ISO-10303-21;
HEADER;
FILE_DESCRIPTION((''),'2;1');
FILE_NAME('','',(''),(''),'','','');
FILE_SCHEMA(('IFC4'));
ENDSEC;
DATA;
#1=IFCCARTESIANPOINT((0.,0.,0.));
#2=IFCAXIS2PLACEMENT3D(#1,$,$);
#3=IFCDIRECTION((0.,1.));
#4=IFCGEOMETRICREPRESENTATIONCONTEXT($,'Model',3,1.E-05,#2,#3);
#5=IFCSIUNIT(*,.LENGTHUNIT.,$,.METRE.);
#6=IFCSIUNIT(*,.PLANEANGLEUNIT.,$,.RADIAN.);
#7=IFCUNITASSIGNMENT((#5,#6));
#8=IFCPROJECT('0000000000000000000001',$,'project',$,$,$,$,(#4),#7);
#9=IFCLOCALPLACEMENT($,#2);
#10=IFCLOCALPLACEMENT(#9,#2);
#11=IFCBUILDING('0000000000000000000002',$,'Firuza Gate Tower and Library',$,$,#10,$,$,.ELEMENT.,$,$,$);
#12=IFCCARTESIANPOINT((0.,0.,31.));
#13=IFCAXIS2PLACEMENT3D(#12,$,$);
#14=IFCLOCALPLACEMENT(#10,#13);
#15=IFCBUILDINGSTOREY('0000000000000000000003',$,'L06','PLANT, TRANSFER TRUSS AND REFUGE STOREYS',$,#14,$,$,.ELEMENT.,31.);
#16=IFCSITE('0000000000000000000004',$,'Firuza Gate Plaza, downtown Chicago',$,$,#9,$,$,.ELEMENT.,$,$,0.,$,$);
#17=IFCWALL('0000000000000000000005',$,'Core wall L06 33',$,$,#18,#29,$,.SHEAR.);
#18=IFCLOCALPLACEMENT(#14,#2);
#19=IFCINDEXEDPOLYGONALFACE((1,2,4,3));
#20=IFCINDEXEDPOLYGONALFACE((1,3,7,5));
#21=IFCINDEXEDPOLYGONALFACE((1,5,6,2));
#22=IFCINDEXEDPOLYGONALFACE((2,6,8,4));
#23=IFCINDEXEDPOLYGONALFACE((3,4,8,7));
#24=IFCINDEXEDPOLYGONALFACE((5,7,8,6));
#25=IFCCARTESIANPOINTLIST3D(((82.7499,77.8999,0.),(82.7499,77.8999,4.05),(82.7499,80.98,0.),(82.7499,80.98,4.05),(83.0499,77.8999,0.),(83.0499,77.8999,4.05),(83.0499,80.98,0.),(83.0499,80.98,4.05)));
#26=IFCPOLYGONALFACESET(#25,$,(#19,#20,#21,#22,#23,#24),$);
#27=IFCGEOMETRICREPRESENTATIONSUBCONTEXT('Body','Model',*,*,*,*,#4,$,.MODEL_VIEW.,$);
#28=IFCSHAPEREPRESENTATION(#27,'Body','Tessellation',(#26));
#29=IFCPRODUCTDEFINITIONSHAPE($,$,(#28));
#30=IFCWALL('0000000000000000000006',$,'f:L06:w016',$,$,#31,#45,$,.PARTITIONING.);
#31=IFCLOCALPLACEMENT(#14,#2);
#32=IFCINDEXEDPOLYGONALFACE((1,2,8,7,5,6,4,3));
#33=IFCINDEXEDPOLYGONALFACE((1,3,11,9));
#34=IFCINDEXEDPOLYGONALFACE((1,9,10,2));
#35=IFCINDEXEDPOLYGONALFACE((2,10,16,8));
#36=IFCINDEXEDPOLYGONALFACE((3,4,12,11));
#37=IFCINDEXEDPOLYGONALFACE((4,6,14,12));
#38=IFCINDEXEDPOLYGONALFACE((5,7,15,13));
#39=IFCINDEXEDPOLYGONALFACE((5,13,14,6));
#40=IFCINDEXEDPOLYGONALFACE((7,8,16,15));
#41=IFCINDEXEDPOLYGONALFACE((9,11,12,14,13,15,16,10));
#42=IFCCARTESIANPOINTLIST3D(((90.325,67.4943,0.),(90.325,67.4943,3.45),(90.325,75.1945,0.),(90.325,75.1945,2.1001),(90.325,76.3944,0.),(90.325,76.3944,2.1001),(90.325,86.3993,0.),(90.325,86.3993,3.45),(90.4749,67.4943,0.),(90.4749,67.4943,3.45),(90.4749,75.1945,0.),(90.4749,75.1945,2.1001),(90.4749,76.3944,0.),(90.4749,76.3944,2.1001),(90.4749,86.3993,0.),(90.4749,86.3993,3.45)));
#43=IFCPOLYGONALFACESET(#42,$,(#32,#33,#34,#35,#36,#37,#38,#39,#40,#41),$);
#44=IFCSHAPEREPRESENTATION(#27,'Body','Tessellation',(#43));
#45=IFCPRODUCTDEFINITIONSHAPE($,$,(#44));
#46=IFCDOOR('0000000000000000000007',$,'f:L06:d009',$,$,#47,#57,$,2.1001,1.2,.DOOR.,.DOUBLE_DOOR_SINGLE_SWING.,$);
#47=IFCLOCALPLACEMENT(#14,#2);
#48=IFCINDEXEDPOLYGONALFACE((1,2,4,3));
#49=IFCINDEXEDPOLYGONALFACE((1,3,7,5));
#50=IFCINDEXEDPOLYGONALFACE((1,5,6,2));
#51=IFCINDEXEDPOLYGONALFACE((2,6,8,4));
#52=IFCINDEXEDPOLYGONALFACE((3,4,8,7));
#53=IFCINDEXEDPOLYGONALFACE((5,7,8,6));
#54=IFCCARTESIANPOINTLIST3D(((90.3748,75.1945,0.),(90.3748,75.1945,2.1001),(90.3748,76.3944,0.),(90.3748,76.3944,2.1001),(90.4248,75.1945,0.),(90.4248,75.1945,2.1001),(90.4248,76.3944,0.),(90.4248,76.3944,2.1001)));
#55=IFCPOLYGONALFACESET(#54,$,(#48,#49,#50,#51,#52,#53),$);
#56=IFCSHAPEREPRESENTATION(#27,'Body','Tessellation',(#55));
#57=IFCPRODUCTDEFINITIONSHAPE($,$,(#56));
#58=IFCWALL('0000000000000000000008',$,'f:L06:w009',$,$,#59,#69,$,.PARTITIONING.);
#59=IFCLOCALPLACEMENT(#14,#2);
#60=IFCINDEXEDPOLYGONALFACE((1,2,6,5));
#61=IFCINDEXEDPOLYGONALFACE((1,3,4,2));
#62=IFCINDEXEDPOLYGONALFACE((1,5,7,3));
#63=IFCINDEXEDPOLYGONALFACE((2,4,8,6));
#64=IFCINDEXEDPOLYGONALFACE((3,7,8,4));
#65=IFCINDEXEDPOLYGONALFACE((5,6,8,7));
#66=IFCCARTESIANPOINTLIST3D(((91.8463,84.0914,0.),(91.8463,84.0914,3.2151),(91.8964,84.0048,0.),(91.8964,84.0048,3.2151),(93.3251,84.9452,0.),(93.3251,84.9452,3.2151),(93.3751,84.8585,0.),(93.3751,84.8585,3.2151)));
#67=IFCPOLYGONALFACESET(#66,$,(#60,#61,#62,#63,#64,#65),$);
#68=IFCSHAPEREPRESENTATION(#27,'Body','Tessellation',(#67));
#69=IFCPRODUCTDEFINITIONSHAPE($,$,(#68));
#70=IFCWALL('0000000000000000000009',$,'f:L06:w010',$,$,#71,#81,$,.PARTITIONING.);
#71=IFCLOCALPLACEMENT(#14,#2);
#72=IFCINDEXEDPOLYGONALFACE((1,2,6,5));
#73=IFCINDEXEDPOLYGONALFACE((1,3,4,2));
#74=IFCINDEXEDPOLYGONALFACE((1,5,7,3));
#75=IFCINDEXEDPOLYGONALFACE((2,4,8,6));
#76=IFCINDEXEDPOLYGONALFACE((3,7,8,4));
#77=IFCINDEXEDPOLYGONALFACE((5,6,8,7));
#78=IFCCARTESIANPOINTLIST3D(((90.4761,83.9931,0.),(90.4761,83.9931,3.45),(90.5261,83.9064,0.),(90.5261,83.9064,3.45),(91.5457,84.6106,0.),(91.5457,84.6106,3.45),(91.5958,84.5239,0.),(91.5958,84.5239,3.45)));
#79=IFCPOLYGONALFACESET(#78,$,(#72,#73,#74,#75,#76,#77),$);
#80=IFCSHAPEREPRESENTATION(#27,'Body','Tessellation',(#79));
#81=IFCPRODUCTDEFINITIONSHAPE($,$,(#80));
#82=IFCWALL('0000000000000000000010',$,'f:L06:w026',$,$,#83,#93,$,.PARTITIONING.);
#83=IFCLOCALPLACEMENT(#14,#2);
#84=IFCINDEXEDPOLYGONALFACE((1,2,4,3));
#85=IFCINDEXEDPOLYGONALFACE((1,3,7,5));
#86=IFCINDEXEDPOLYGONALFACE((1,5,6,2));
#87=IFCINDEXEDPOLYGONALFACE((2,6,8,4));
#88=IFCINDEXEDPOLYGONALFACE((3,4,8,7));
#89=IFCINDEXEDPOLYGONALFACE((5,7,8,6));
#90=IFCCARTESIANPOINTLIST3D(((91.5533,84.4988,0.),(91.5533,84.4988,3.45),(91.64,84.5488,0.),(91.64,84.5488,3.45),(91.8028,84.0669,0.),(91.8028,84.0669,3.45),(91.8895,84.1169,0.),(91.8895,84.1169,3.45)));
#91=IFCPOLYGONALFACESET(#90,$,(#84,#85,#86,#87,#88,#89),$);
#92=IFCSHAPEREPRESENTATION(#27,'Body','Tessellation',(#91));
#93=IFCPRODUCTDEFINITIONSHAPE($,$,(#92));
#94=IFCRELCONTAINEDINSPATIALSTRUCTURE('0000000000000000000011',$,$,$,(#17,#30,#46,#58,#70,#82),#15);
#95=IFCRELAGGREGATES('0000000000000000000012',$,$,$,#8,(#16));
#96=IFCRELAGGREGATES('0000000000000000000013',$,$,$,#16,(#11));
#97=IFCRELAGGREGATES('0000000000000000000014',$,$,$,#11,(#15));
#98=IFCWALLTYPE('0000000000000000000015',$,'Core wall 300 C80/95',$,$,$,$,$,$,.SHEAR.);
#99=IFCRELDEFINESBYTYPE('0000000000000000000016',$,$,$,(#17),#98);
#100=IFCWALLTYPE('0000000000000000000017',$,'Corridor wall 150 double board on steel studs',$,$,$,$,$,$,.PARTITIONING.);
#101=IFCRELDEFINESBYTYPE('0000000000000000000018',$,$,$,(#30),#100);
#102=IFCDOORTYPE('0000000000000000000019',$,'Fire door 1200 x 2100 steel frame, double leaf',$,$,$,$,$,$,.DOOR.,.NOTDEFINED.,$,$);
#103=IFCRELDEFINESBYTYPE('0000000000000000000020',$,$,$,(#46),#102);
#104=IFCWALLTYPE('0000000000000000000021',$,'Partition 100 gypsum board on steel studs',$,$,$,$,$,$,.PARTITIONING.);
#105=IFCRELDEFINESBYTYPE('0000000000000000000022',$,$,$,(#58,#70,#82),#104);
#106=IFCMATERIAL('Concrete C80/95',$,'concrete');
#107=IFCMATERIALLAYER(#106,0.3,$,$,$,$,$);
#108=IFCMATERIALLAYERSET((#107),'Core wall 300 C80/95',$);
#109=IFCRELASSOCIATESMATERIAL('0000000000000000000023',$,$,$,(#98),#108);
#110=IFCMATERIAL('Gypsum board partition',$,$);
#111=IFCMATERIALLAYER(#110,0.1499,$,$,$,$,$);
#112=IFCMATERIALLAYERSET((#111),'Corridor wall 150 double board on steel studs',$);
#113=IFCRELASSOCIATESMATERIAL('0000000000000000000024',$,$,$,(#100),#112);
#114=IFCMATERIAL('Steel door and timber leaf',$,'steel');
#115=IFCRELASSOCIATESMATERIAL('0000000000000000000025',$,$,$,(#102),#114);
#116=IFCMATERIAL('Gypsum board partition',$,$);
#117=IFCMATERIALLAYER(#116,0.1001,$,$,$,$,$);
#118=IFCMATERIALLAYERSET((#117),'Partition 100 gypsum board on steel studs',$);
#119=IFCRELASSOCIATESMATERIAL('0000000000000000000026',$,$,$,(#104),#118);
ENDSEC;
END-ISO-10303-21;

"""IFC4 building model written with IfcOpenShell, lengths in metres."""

from ifc_helpers import new_model, si_unit, direction, frame, frame_2d, origin, place, context, subcontext, project, spatial, rectangle, extrude, material, layer, layer_set, type_object, element, fill, save


model = new_model("IFC4")

# Units and contexts
model_context = context("Model", 3, precision=1e-05, world=origin(), true_north=direction((0.0, 1.0)))
body_context = subcontext(model_context, "Body", "Model", "MODEL_VIEW")
ifc_project = project(units=[si_unit("LENGTHUNIT", "METRE"), si_unit("PLANEANGLEUNIT", "RADIAN")], contexts=[model_context])

# Site, building, storey
site_placement = place(None, origin())
site = spatial("IfcSite", under=ifc_project, at=site_placement, Name="Firuza Gate Plaza, downtown Chicago", CompositionType="ELEMENT", RefElevation=0.0)
building_placement = place(site_placement, origin())
building = spatial("IfcBuilding", under=site, at=building_placement, Name="Firuza Gate Tower and Library", CompositionType="ELEMENT")
storey_placement = place(building_placement, frame((0.0, 0.0, 31.0)))
storey = spatial("IfcBuildingStorey", under=building, at=storey_placement, Name="L06", Description="PLANT, TRANSFER TRUSS AND REFUGE STOREYS", CompositionType="ELEMENT", Elevation=31.0)

# Wall
ifc_material_1 = material(Name="Concrete C80/95", Category="concrete")
ifc_layer_1 = layer(ifc_material_1, 0.3)
ifc_layer_set_1 = layer_set([ifc_layer_1], Name="Core wall 300 C80/95")
wall_type_1 = type_object("IfcWallType", Name="Core wall 300 C80/95", PredefinedType="SHEAR", material=ifc_layer_set_1)
wall_1_placement = place(storey_placement, frame((82.8999, 77.8999, 0.0), z_axis=(0.0, 0.0, 1.0), x_axis=(0.0, 1.0, 0.0)))
element("IfcWall", 1, at=wall_1_placement, inside=storey, type_object=wall_type_1, Name="Core wall L06 33", PredefinedType="SHEAR", context=body_context, shape_type="SweptSolid", body=[
    extrude(rectangle(XDim=3.0801, YDim=0.3, at=frame_2d((1.54, 0.0))), origin(), (0.0, 0.0, 1.0), 4.05),
])

# Wall, opening, door
ifc_material_2 = material(Name="Gypsum board partition")
ifc_layer_2 = layer(ifc_material_2, 0.1499)
ifc_layer_set_2 = layer_set([ifc_layer_2], Name="Corridor wall 150 double board on steel studs")
wall_type_2 = type_object("IfcWallType", Name="Corridor wall 150 double board on steel studs", PredefinedType="PARTITIONING", material=ifc_layer_set_2)
wall_2_placement = place(storey_placement, frame((90.3999, 86.3994, 0.0), z_axis=(0.0, 0.0, 1.0), x_axis=(0.0, -1.0, 0.0)))
wall_2 = element("IfcWall", 2, at=wall_2_placement, inside=storey, type_object=wall_type_2, Name="f:L06:w016", PredefinedType="PARTITIONING", context=body_context, shape_type="SweptSolid", body=[
    extrude(rectangle(XDim=18.905, YDim=0.1499, at=frame_2d((9.4526, 0.0))), origin(), (0.0, 0.0, 1.0), 3.45),
])
opening_placement = place(wall_2_placement, frame((10.0049, 0.0, 0.0)))
opening = element("IfcOpeningElement", 3, at=opening_placement, cuts=wall_2, PredefinedType="OPENING", context=body_context, shape_type="SweptSolid", body=[
    extrude(rectangle(XDim=1.2, YDim=2.1001, at=frame_2d((0.6001, 1.05))), frame((0.0, 0.085, 0.0), z_axis=(0.0, -1.0, 0.0), x_axis=(1.0, 0.0, 0.0)), (0.0, 0.0, 1.0), 0.1699),
])
ifc_material_3 = material(Name="Steel door and timber leaf", Category="steel")
door_type = type_object("IfcDoorType", Name="Fire door 1200 x 2100 steel frame, double leaf", OperationType="NOTDEFINED", PredefinedType="DOOR", material=ifc_material_3)
door_placement = place(opening_placement, origin())
door = element("IfcDoor", 4, at=door_placement, inside=storey, type_object=door_type, Name="f:L06:d009", OperationType="DOUBLE_DOOR_SINGLE_SWING", OverallHeight=2.1001, OverallWidth=1.2, PredefinedType="DOOR", context=body_context, shape_type="SweptSolid", body=[
    extrude(rectangle(XDim=1.2, YDim=2.1001, at=frame_2d((0.6001, 1.05))), frame((0.0, 0.0249, 0.0), z_axis=(0.0, -1.0, 0.0), x_axis=(1.0, 0.0, 0.0)), (0.0, 0.0, 1.0), 0.05),
])
fill(opening, door)

# Walls
ifc_material_4 = material(Name="Gypsum board partition")
ifc_layer_3 = layer(ifc_material_4, 0.1001)
ifc_layer_set_3 = layer_set([ifc_layer_3], Name="Partition 100 gypsum board on steel studs")
wall_type_3 = type_object("IfcWallType", Name="Partition 100 gypsum board on steel studs", PredefinedType="PARTITIONING", material=ifc_layer_set_3)
wall_3_placement = place(storey_placement, frame((91.8713, 84.0481, 0.0), z_axis=(0.0, 0.0, 1.0), x_axis=(0.866026, 0.499999, 0.0)))
element("IfcWall", 5, at=wall_3_placement, inside=storey, type_object=wall_type_3, Name="f:L06:w009", PredefinedType="PARTITIONING", context=body_context, shape_type="SweptSolid", body=[
    extrude(rectangle(XDim=1.7075, YDim=0.1001, at=frame_2d((0.8538, 0.0))), origin(), (0.0, 0.0, 1.0), 3.2151),
])
wall_4_placement = place(storey_placement, frame((90.501, 83.9497, 0.0), z_axis=(0.0, 0.0, 1.0), x_axis=(0.866057, 0.499945, 0.0)))
element("IfcWall", 6, at=wall_4_placement, inside=storey, type_object=wall_type_3, Name="f:L06:w010", PredefinedType="PARTITIONING", context=body_context, shape_type="SweptSolid", body=[
    extrude(rectangle(XDim=1.2351, YDim=0.1001, at=frame_2d((0.6177, 0.0))), origin(), (0.0, 0.0, 1.0), 3.45),
])
wall_5_placement = place(storey_placement, frame((91.8462, 84.0918, 0.0), z_axis=(0.0, 0.0, 1.0), x_axis=(-0.500245, 0.865884, 0.0)))
element("IfcWall", 7, at=wall_5_placement, inside=storey, type_object=wall_type_3, Name="f:L06:w026", PredefinedType="PARTITIONING", context=body_context, shape_type="SweptSolid", body=[
    extrude(rectangle(XDim=0.4988, YDim=0.1001, at=frame_2d((0.2495, 0.0))), origin(), (0.0, 0.0, 1.0), 3.45),
])

save(model, "model.ifc")
